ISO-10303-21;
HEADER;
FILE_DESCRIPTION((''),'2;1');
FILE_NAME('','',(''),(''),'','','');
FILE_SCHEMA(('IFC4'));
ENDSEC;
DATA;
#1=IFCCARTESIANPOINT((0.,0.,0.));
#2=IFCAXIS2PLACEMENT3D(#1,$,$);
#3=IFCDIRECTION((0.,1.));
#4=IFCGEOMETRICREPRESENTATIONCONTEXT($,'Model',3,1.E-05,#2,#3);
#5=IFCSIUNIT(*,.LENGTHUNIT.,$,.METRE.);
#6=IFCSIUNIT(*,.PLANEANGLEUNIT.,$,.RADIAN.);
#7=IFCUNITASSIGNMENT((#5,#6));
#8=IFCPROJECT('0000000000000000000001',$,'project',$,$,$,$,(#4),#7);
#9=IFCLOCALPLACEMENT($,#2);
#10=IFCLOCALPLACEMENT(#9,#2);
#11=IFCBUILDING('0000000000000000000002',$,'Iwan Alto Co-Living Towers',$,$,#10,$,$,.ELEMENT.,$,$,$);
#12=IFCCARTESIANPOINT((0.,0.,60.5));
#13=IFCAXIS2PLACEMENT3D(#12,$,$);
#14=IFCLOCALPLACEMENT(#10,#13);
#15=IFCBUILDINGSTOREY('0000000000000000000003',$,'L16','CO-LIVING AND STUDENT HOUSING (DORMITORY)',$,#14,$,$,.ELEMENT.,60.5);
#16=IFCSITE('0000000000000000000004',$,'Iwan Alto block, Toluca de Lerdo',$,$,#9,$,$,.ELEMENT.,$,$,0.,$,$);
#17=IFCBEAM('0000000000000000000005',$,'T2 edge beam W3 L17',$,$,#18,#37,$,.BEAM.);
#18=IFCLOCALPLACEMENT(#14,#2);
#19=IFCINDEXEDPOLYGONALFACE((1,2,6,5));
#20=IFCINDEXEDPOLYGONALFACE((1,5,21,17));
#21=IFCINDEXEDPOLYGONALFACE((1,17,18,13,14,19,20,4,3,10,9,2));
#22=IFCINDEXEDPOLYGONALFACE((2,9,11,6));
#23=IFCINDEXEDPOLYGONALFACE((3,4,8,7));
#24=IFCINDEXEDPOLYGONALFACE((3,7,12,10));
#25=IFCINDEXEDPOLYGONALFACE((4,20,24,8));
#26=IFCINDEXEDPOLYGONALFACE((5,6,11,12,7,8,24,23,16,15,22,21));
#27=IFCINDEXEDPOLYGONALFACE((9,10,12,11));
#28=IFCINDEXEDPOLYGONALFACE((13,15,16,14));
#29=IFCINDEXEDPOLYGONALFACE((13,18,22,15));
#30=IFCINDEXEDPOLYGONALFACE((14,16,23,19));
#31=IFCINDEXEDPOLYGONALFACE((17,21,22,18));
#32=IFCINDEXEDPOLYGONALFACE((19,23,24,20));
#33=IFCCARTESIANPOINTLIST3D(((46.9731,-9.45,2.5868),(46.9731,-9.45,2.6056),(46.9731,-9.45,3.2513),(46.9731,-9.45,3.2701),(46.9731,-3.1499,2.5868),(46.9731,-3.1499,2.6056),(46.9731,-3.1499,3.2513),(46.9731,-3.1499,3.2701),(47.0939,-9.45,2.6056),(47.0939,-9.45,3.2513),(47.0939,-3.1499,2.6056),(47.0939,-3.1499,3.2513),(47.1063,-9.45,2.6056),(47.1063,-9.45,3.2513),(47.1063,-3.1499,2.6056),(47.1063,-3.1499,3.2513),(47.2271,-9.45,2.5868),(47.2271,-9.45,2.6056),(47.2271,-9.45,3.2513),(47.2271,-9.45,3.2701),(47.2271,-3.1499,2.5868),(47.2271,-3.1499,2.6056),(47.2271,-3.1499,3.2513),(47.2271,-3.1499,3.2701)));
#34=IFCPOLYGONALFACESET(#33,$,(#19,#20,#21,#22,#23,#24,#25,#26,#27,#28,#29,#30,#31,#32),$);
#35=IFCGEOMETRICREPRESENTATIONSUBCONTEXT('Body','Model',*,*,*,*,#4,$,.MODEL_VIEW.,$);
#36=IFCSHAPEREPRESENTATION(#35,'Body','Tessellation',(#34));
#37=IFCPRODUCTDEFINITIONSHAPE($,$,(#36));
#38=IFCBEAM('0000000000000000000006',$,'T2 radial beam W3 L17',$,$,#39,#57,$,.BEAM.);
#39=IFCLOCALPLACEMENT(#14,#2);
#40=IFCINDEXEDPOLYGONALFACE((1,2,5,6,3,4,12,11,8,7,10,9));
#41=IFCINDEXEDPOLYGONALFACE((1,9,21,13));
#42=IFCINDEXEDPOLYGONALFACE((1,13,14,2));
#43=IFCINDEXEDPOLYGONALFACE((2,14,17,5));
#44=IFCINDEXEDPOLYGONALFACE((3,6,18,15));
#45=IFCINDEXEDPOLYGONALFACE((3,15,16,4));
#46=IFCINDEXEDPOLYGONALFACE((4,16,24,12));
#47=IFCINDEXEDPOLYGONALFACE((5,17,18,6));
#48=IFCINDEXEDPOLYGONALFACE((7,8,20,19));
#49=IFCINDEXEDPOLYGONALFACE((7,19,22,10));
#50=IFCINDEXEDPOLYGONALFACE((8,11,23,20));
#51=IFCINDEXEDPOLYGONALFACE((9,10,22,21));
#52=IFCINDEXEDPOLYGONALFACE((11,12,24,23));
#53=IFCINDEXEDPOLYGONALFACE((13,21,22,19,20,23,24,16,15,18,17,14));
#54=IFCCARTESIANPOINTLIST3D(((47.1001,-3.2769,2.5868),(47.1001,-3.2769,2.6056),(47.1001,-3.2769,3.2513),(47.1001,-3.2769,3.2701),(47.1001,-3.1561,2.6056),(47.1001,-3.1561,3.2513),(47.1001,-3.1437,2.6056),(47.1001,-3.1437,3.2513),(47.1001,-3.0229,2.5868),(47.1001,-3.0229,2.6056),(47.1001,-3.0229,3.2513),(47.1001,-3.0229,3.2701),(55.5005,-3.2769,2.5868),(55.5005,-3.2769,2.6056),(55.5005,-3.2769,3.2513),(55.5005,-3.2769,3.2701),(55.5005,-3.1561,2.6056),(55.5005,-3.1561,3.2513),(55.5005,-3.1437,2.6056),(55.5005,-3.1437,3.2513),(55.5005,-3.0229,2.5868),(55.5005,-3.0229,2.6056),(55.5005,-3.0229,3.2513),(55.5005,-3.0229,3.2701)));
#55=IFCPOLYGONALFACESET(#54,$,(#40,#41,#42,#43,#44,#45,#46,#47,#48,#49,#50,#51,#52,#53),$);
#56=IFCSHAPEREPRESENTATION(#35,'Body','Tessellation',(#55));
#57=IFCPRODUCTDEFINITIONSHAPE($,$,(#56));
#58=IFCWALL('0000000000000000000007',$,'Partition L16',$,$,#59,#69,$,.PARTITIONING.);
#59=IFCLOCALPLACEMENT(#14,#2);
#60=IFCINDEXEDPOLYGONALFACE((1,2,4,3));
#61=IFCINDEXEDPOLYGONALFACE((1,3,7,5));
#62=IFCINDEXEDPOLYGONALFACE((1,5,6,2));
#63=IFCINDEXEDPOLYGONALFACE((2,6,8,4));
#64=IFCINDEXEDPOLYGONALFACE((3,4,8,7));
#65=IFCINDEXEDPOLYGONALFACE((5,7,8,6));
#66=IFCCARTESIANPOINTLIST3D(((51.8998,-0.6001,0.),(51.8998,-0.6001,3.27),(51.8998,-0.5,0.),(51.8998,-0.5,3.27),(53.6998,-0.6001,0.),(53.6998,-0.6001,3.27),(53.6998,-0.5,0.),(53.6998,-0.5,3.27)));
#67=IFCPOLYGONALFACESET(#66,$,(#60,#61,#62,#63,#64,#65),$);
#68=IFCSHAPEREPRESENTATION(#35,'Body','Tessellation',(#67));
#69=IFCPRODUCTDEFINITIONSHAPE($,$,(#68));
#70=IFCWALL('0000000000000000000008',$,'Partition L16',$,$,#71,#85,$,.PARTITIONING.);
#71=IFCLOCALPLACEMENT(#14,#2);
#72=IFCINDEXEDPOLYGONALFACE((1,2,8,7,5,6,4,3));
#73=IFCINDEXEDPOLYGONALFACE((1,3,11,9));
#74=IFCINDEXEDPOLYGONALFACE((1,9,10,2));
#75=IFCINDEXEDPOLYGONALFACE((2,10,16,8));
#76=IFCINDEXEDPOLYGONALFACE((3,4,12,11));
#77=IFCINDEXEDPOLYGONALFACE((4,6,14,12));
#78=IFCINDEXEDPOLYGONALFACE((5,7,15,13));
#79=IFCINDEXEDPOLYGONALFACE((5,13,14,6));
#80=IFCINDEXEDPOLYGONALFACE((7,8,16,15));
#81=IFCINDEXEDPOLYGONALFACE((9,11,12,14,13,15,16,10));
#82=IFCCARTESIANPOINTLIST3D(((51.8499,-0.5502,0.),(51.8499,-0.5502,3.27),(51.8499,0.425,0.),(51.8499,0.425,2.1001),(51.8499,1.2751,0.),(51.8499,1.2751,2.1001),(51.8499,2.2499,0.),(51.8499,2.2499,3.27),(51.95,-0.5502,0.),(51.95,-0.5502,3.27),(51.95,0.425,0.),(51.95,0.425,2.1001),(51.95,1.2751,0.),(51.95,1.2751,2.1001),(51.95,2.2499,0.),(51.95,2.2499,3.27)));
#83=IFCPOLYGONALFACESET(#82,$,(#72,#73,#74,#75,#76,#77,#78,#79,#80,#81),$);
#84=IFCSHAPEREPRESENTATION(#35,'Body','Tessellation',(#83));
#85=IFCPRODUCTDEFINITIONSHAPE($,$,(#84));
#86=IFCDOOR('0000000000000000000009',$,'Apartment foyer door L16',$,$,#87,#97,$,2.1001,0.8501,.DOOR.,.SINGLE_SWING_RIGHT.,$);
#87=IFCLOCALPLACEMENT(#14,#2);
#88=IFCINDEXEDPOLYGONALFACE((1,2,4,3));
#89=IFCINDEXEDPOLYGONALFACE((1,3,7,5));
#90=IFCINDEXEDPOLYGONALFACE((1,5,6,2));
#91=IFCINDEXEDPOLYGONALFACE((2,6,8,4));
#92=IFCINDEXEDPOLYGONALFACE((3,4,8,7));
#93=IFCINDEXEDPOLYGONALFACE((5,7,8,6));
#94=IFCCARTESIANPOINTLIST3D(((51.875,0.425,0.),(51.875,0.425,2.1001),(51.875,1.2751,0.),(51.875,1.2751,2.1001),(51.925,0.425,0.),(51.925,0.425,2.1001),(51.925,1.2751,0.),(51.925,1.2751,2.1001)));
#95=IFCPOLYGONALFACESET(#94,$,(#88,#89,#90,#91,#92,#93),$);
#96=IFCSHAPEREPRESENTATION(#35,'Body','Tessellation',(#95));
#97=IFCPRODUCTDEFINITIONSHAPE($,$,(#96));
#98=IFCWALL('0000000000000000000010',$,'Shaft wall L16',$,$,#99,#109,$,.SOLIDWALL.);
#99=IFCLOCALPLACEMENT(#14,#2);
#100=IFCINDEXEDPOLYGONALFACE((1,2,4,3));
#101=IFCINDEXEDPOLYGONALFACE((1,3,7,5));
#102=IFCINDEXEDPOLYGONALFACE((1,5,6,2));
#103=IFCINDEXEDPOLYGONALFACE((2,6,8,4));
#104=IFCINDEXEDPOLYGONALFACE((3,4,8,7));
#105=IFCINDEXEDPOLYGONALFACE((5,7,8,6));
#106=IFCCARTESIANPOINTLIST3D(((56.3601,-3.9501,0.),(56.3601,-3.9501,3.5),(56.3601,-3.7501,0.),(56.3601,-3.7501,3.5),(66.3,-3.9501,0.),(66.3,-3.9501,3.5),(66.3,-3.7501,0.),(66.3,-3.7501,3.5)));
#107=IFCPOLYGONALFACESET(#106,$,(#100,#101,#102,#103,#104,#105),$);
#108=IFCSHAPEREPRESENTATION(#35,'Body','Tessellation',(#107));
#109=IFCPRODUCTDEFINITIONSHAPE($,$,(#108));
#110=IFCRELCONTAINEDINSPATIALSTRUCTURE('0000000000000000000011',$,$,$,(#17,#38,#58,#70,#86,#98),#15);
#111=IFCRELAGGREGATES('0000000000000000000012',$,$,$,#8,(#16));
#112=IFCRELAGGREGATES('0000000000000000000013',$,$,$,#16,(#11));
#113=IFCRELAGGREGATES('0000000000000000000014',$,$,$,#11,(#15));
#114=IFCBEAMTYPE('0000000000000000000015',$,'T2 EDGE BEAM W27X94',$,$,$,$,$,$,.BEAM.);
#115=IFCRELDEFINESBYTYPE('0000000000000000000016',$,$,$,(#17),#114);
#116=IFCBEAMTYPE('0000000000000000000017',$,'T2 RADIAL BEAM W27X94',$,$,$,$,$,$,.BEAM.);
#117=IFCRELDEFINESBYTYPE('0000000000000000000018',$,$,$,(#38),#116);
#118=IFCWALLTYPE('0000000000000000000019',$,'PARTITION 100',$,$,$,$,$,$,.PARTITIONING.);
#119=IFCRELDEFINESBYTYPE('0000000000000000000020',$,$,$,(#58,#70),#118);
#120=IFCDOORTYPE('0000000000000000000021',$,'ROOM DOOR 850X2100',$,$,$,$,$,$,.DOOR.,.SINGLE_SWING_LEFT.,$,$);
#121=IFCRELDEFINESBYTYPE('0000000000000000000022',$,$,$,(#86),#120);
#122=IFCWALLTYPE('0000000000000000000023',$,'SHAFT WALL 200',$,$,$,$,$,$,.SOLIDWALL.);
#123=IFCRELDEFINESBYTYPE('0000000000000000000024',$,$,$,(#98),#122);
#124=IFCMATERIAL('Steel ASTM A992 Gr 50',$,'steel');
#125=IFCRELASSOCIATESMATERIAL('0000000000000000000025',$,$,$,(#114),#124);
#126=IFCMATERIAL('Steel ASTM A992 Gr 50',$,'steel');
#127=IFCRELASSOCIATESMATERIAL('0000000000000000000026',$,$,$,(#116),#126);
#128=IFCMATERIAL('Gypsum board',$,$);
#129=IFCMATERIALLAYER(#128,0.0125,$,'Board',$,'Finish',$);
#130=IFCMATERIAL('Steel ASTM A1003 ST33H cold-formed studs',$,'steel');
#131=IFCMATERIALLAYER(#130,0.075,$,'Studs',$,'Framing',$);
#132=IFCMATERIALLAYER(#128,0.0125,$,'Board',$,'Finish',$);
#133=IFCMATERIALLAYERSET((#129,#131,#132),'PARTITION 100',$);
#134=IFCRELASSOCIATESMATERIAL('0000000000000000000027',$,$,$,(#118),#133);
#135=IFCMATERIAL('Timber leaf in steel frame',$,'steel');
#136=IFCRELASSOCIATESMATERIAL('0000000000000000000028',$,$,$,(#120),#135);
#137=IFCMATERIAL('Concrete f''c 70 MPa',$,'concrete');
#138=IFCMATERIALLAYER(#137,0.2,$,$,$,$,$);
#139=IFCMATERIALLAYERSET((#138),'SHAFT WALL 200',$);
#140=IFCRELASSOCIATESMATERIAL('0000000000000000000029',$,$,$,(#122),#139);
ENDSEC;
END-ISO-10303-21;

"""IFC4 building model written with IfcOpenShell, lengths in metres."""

from ifc_helpers import new_model, si_unit, direction, frame, frame_2d, origin, origin_2d, place, context, subcontext, project, spatial, rectangle, i_section, extrude, material, layer, layer_set, material_profile, profile_set, type_object, element, fill, save


model = new_model("IFC4")

# Units and contexts
model_context = context("Model", 3, precision=1e-05, world=origin(), true_north=direction((0.0, 1.0)))
body_context = subcontext(model_context, "Body", "Model", "MODEL_VIEW")
ifc_project = project(units=[si_unit("LENGTHUNIT", "METRE"), si_unit("PLANEANGLEUNIT", "RADIAN")], contexts=[model_context])

# Site, building, storey
site_placement = place(None, origin())
site = spatial("IfcSite", under=ifc_project, at=site_placement, Name="Iwan Alto block, Toluca de Lerdo", CompositionType="ELEMENT", RefElevation=0.0)
building_placement = place(site_placement, origin())
building = spatial("IfcBuilding", under=site, at=building_placement, Name="Iwan Alto Co-Living Towers", CompositionType="ELEMENT")
storey_placement = place(building_placement, frame((0.0, 0.0, 60.5)))
storey = spatial("IfcBuildingStorey", under=building, at=storey_placement, Name="L16", Description="CO-LIVING AND STUDENT HOUSING (DORMITORY)", CompositionType="ELEMENT", Elevation=60.5)

# Beams
ifc_material_1 = material(Name="Steel ASTM A992 Gr 50", Category="steel")
ifc_material_profile_1 = material_profile(ifc_material_1, i_section(OverallWidth=0.2539, OverallDepth=0.6833, WebThickness=0.0125, FlangeThickness=0.0188, at=origin_2d()), Name="W27X94")
ifc_profile_set_1 = profile_set([ifc_material_profile_1], Name="Steel ASTM A992 Gr 50")
beam_type_1 = type_object("IfcBeamType", Name="T2 EDGE BEAM W27X94", PredefinedType="BEAM", material=ifc_profile_set_1)
beam_1_placement = place(storey_placement, frame((47.1001, -3.1499, 2.9285), z_axis=(0.0, -1.0, 0.0), x_axis=(1.0, 0.0, 0.0)))
element("IfcBeam", 1, at=beam_1_placement, inside=storey, type_object=beam_type_1, Name="T2 edge beam W3 L17", PredefinedType="BEAM", context=body_context, shape_type="SweptSolid", body=[
    extrude(i_section(OverallWidth=0.2539, OverallDepth=0.6833, WebThickness=0.0125, FlangeThickness=0.0188, at=origin_2d()), origin(), (0.0, 0.0, 1.0), 6.3),
])
ifc_material_2 = material(Name="Steel ASTM A992 Gr 50", Category="steel")
ifc_material_profile_2 = material_profile(ifc_material_2, i_section(OverallWidth=0.2539, OverallDepth=0.6833, WebThickness=0.0125, FlangeThickness=0.0188, at=origin_2d()), Name="W27X94")
ifc_profile_set_2 = profile_set([ifc_material_profile_2], Name="Steel ASTM A992 Gr 50")
beam_type_2 = type_object("IfcBeamType", Name="T2 RADIAL BEAM W27X94", PredefinedType="BEAM", material=ifc_profile_set_2)
beam_2_placement = place(storey_placement, frame((47.1001, -3.1499, 2.9285), z_axis=(1.0, 0.0, 0.0), x_axis=(0.0, 1.0, 0.0)))
element("IfcBeam", 2, at=beam_2_placement, inside=storey, type_object=beam_type_2, Name="T2 radial beam W3 L17", PredefinedType="BEAM", context=body_context, shape_type="SweptSolid", body=[
    extrude(i_section(OverallWidth=0.2539, OverallDepth=0.6833, WebThickness=0.0125, FlangeThickness=0.0188, at=origin_2d()), origin(), (0.0, 0.0, 1.0), 8.4004),
])

# Wall
ifc_material_3 = material(Name="Gypsum board")
ifc_layer_1 = layer(ifc_material_3, 0.0125, Name="Board", Category="Finish")
ifc_material_4 = material(Name="Steel ASTM A1003 ST33H cold-formed studs", Category="steel")
ifc_layer_2 = layer(ifc_material_4, 0.075, Name="Studs", Category="Framing")
ifc_layer_3 = layer(ifc_material_3, 0.0125, Name="Board", Category="Finish")
ifc_layer_set_1 = layer_set([ifc_layer_1, ifc_layer_2, ifc_layer_3], Name="PARTITION 100")
wall_type_1 = type_object("IfcWallType", Name="PARTITION 100", PredefinedType="PARTITIONING", material=ifc_layer_set_1)
wall_1_placement = place(storey_placement, frame((51.8999, -0.55, 0.0), z_axis=(0.0, 0.0, 1.0), x_axis=(1.0, 0.0, 0.0)))
element("IfcWall", 3, at=wall_1_placement, inside=storey, type_object=wall_type_1, Name="Partition L16", PredefinedType="PARTITIONING", context=body_context, shape_type="SweptSolid", body=[
    extrude(rectangle(XDim=1.8, YDim=0.1001, at=frame_2d((0.8999, 0.0))), origin(), (0.0, 0.0, 1.0), 3.27),
])

# Wall, opening, door
wall_2_placement = place(storey_placement, frame((51.8999, -0.55, 0.0), z_axis=(0.0, 0.0, 1.0), x_axis=(0.0, 1.0, 0.0)))
wall_2 = element("IfcWall", 4, at=wall_2_placement, inside=storey, type_object=wall_type_1, Name="Partition L16", PredefinedType="PARTITIONING", context=body_context, shape_type="SweptSolid", body=[
    extrude(rectangle(XDim=2.8, YDim=0.1001, at=frame_2d((1.3999, 0.0))), origin(), (0.0, 0.0, 1.0), 3.27),
])
opening_1_placement = place(wall_2_placement, frame((0.9751, 0.0, 0.0)))
opening_1 = element("IfcOpeningElement", 5, at=opening_1_placement, cuts=wall_2, PredefinedType="OPENING", context=body_context, shape_type="SweptSolid", body=[
    extrude(rectangle(XDim=0.8501, YDim=2.1001, at=frame_2d((0.425, 1.05))), frame((0.0, 0.0601, 0.0), z_axis=(0.0, -1.0, 0.0), x_axis=(1.0, 0.0, 0.0)), (0.0, 0.0, 1.0), 0.1201),
])
ifc_material_5 = material(Name="Timber leaf in steel frame", Category="steel")
door_type_1 = type_object("IfcDoorType", Name="ROOM DOOR 850X2100", OperationType="SINGLE_SWING_LEFT", PredefinedType="DOOR", material=ifc_material_5)
door_1_placement = place(opening_1_placement, origin())
door_1 = element("IfcDoor", 6, at=door_1_placement, inside=storey, type_object=door_type_1, Name="Apartment foyer door L16", OperationType="SINGLE_SWING_RIGHT", OverallHeight=2.1001, OverallWidth=0.8501, PredefinedType="DOOR", context=body_context, shape_type="SweptSolid", body=[
    extrude(rectangle(XDim=0.8501, YDim=2.1001, at=frame_2d((0.425, 1.05))), frame((0.0, 0.0249, 0.0), z_axis=(0.0, -1.0, 0.0), x_axis=(1.0, 0.0, 0.0)), (0.0, 0.0, 1.0), 0.05),
])
fill(opening_1, door_1)

# Wall
ifc_material_6 = material(Name="Concrete f'c 70 MPa", Category="concrete")
ifc_layer_4 = layer(ifc_material_6, 0.2)
ifc_layer_set_2 = layer_set([ifc_layer_4], Name="SHAFT WALL 200")
wall_type_2 = type_object("IfcWallType", Name="SHAFT WALL 200", PredefinedType="SOLIDWALL", material=ifc_layer_set_2)
wall_3_placement = place(storey_placement, frame((56.3601, -3.8501, 0.0), z_axis=(0.0, 0.0, 1.0), x_axis=(1.0, 0.0, 0.0)))
element("IfcWall", 7, at=wall_3_placement, inside=storey, type_object=wall_type_2, Name="Shaft wall L16", PredefinedType="SOLIDWALL", context=body_context, shape_type="SweptSolid", body=[
    extrude(rectangle(XDim=9.9399, YDim=0.2, at=frame_2d((4.97, 0.0))), origin(), (0.0, 0.0, 1.0), 3.5),
])

save(model, "model.ifc")
